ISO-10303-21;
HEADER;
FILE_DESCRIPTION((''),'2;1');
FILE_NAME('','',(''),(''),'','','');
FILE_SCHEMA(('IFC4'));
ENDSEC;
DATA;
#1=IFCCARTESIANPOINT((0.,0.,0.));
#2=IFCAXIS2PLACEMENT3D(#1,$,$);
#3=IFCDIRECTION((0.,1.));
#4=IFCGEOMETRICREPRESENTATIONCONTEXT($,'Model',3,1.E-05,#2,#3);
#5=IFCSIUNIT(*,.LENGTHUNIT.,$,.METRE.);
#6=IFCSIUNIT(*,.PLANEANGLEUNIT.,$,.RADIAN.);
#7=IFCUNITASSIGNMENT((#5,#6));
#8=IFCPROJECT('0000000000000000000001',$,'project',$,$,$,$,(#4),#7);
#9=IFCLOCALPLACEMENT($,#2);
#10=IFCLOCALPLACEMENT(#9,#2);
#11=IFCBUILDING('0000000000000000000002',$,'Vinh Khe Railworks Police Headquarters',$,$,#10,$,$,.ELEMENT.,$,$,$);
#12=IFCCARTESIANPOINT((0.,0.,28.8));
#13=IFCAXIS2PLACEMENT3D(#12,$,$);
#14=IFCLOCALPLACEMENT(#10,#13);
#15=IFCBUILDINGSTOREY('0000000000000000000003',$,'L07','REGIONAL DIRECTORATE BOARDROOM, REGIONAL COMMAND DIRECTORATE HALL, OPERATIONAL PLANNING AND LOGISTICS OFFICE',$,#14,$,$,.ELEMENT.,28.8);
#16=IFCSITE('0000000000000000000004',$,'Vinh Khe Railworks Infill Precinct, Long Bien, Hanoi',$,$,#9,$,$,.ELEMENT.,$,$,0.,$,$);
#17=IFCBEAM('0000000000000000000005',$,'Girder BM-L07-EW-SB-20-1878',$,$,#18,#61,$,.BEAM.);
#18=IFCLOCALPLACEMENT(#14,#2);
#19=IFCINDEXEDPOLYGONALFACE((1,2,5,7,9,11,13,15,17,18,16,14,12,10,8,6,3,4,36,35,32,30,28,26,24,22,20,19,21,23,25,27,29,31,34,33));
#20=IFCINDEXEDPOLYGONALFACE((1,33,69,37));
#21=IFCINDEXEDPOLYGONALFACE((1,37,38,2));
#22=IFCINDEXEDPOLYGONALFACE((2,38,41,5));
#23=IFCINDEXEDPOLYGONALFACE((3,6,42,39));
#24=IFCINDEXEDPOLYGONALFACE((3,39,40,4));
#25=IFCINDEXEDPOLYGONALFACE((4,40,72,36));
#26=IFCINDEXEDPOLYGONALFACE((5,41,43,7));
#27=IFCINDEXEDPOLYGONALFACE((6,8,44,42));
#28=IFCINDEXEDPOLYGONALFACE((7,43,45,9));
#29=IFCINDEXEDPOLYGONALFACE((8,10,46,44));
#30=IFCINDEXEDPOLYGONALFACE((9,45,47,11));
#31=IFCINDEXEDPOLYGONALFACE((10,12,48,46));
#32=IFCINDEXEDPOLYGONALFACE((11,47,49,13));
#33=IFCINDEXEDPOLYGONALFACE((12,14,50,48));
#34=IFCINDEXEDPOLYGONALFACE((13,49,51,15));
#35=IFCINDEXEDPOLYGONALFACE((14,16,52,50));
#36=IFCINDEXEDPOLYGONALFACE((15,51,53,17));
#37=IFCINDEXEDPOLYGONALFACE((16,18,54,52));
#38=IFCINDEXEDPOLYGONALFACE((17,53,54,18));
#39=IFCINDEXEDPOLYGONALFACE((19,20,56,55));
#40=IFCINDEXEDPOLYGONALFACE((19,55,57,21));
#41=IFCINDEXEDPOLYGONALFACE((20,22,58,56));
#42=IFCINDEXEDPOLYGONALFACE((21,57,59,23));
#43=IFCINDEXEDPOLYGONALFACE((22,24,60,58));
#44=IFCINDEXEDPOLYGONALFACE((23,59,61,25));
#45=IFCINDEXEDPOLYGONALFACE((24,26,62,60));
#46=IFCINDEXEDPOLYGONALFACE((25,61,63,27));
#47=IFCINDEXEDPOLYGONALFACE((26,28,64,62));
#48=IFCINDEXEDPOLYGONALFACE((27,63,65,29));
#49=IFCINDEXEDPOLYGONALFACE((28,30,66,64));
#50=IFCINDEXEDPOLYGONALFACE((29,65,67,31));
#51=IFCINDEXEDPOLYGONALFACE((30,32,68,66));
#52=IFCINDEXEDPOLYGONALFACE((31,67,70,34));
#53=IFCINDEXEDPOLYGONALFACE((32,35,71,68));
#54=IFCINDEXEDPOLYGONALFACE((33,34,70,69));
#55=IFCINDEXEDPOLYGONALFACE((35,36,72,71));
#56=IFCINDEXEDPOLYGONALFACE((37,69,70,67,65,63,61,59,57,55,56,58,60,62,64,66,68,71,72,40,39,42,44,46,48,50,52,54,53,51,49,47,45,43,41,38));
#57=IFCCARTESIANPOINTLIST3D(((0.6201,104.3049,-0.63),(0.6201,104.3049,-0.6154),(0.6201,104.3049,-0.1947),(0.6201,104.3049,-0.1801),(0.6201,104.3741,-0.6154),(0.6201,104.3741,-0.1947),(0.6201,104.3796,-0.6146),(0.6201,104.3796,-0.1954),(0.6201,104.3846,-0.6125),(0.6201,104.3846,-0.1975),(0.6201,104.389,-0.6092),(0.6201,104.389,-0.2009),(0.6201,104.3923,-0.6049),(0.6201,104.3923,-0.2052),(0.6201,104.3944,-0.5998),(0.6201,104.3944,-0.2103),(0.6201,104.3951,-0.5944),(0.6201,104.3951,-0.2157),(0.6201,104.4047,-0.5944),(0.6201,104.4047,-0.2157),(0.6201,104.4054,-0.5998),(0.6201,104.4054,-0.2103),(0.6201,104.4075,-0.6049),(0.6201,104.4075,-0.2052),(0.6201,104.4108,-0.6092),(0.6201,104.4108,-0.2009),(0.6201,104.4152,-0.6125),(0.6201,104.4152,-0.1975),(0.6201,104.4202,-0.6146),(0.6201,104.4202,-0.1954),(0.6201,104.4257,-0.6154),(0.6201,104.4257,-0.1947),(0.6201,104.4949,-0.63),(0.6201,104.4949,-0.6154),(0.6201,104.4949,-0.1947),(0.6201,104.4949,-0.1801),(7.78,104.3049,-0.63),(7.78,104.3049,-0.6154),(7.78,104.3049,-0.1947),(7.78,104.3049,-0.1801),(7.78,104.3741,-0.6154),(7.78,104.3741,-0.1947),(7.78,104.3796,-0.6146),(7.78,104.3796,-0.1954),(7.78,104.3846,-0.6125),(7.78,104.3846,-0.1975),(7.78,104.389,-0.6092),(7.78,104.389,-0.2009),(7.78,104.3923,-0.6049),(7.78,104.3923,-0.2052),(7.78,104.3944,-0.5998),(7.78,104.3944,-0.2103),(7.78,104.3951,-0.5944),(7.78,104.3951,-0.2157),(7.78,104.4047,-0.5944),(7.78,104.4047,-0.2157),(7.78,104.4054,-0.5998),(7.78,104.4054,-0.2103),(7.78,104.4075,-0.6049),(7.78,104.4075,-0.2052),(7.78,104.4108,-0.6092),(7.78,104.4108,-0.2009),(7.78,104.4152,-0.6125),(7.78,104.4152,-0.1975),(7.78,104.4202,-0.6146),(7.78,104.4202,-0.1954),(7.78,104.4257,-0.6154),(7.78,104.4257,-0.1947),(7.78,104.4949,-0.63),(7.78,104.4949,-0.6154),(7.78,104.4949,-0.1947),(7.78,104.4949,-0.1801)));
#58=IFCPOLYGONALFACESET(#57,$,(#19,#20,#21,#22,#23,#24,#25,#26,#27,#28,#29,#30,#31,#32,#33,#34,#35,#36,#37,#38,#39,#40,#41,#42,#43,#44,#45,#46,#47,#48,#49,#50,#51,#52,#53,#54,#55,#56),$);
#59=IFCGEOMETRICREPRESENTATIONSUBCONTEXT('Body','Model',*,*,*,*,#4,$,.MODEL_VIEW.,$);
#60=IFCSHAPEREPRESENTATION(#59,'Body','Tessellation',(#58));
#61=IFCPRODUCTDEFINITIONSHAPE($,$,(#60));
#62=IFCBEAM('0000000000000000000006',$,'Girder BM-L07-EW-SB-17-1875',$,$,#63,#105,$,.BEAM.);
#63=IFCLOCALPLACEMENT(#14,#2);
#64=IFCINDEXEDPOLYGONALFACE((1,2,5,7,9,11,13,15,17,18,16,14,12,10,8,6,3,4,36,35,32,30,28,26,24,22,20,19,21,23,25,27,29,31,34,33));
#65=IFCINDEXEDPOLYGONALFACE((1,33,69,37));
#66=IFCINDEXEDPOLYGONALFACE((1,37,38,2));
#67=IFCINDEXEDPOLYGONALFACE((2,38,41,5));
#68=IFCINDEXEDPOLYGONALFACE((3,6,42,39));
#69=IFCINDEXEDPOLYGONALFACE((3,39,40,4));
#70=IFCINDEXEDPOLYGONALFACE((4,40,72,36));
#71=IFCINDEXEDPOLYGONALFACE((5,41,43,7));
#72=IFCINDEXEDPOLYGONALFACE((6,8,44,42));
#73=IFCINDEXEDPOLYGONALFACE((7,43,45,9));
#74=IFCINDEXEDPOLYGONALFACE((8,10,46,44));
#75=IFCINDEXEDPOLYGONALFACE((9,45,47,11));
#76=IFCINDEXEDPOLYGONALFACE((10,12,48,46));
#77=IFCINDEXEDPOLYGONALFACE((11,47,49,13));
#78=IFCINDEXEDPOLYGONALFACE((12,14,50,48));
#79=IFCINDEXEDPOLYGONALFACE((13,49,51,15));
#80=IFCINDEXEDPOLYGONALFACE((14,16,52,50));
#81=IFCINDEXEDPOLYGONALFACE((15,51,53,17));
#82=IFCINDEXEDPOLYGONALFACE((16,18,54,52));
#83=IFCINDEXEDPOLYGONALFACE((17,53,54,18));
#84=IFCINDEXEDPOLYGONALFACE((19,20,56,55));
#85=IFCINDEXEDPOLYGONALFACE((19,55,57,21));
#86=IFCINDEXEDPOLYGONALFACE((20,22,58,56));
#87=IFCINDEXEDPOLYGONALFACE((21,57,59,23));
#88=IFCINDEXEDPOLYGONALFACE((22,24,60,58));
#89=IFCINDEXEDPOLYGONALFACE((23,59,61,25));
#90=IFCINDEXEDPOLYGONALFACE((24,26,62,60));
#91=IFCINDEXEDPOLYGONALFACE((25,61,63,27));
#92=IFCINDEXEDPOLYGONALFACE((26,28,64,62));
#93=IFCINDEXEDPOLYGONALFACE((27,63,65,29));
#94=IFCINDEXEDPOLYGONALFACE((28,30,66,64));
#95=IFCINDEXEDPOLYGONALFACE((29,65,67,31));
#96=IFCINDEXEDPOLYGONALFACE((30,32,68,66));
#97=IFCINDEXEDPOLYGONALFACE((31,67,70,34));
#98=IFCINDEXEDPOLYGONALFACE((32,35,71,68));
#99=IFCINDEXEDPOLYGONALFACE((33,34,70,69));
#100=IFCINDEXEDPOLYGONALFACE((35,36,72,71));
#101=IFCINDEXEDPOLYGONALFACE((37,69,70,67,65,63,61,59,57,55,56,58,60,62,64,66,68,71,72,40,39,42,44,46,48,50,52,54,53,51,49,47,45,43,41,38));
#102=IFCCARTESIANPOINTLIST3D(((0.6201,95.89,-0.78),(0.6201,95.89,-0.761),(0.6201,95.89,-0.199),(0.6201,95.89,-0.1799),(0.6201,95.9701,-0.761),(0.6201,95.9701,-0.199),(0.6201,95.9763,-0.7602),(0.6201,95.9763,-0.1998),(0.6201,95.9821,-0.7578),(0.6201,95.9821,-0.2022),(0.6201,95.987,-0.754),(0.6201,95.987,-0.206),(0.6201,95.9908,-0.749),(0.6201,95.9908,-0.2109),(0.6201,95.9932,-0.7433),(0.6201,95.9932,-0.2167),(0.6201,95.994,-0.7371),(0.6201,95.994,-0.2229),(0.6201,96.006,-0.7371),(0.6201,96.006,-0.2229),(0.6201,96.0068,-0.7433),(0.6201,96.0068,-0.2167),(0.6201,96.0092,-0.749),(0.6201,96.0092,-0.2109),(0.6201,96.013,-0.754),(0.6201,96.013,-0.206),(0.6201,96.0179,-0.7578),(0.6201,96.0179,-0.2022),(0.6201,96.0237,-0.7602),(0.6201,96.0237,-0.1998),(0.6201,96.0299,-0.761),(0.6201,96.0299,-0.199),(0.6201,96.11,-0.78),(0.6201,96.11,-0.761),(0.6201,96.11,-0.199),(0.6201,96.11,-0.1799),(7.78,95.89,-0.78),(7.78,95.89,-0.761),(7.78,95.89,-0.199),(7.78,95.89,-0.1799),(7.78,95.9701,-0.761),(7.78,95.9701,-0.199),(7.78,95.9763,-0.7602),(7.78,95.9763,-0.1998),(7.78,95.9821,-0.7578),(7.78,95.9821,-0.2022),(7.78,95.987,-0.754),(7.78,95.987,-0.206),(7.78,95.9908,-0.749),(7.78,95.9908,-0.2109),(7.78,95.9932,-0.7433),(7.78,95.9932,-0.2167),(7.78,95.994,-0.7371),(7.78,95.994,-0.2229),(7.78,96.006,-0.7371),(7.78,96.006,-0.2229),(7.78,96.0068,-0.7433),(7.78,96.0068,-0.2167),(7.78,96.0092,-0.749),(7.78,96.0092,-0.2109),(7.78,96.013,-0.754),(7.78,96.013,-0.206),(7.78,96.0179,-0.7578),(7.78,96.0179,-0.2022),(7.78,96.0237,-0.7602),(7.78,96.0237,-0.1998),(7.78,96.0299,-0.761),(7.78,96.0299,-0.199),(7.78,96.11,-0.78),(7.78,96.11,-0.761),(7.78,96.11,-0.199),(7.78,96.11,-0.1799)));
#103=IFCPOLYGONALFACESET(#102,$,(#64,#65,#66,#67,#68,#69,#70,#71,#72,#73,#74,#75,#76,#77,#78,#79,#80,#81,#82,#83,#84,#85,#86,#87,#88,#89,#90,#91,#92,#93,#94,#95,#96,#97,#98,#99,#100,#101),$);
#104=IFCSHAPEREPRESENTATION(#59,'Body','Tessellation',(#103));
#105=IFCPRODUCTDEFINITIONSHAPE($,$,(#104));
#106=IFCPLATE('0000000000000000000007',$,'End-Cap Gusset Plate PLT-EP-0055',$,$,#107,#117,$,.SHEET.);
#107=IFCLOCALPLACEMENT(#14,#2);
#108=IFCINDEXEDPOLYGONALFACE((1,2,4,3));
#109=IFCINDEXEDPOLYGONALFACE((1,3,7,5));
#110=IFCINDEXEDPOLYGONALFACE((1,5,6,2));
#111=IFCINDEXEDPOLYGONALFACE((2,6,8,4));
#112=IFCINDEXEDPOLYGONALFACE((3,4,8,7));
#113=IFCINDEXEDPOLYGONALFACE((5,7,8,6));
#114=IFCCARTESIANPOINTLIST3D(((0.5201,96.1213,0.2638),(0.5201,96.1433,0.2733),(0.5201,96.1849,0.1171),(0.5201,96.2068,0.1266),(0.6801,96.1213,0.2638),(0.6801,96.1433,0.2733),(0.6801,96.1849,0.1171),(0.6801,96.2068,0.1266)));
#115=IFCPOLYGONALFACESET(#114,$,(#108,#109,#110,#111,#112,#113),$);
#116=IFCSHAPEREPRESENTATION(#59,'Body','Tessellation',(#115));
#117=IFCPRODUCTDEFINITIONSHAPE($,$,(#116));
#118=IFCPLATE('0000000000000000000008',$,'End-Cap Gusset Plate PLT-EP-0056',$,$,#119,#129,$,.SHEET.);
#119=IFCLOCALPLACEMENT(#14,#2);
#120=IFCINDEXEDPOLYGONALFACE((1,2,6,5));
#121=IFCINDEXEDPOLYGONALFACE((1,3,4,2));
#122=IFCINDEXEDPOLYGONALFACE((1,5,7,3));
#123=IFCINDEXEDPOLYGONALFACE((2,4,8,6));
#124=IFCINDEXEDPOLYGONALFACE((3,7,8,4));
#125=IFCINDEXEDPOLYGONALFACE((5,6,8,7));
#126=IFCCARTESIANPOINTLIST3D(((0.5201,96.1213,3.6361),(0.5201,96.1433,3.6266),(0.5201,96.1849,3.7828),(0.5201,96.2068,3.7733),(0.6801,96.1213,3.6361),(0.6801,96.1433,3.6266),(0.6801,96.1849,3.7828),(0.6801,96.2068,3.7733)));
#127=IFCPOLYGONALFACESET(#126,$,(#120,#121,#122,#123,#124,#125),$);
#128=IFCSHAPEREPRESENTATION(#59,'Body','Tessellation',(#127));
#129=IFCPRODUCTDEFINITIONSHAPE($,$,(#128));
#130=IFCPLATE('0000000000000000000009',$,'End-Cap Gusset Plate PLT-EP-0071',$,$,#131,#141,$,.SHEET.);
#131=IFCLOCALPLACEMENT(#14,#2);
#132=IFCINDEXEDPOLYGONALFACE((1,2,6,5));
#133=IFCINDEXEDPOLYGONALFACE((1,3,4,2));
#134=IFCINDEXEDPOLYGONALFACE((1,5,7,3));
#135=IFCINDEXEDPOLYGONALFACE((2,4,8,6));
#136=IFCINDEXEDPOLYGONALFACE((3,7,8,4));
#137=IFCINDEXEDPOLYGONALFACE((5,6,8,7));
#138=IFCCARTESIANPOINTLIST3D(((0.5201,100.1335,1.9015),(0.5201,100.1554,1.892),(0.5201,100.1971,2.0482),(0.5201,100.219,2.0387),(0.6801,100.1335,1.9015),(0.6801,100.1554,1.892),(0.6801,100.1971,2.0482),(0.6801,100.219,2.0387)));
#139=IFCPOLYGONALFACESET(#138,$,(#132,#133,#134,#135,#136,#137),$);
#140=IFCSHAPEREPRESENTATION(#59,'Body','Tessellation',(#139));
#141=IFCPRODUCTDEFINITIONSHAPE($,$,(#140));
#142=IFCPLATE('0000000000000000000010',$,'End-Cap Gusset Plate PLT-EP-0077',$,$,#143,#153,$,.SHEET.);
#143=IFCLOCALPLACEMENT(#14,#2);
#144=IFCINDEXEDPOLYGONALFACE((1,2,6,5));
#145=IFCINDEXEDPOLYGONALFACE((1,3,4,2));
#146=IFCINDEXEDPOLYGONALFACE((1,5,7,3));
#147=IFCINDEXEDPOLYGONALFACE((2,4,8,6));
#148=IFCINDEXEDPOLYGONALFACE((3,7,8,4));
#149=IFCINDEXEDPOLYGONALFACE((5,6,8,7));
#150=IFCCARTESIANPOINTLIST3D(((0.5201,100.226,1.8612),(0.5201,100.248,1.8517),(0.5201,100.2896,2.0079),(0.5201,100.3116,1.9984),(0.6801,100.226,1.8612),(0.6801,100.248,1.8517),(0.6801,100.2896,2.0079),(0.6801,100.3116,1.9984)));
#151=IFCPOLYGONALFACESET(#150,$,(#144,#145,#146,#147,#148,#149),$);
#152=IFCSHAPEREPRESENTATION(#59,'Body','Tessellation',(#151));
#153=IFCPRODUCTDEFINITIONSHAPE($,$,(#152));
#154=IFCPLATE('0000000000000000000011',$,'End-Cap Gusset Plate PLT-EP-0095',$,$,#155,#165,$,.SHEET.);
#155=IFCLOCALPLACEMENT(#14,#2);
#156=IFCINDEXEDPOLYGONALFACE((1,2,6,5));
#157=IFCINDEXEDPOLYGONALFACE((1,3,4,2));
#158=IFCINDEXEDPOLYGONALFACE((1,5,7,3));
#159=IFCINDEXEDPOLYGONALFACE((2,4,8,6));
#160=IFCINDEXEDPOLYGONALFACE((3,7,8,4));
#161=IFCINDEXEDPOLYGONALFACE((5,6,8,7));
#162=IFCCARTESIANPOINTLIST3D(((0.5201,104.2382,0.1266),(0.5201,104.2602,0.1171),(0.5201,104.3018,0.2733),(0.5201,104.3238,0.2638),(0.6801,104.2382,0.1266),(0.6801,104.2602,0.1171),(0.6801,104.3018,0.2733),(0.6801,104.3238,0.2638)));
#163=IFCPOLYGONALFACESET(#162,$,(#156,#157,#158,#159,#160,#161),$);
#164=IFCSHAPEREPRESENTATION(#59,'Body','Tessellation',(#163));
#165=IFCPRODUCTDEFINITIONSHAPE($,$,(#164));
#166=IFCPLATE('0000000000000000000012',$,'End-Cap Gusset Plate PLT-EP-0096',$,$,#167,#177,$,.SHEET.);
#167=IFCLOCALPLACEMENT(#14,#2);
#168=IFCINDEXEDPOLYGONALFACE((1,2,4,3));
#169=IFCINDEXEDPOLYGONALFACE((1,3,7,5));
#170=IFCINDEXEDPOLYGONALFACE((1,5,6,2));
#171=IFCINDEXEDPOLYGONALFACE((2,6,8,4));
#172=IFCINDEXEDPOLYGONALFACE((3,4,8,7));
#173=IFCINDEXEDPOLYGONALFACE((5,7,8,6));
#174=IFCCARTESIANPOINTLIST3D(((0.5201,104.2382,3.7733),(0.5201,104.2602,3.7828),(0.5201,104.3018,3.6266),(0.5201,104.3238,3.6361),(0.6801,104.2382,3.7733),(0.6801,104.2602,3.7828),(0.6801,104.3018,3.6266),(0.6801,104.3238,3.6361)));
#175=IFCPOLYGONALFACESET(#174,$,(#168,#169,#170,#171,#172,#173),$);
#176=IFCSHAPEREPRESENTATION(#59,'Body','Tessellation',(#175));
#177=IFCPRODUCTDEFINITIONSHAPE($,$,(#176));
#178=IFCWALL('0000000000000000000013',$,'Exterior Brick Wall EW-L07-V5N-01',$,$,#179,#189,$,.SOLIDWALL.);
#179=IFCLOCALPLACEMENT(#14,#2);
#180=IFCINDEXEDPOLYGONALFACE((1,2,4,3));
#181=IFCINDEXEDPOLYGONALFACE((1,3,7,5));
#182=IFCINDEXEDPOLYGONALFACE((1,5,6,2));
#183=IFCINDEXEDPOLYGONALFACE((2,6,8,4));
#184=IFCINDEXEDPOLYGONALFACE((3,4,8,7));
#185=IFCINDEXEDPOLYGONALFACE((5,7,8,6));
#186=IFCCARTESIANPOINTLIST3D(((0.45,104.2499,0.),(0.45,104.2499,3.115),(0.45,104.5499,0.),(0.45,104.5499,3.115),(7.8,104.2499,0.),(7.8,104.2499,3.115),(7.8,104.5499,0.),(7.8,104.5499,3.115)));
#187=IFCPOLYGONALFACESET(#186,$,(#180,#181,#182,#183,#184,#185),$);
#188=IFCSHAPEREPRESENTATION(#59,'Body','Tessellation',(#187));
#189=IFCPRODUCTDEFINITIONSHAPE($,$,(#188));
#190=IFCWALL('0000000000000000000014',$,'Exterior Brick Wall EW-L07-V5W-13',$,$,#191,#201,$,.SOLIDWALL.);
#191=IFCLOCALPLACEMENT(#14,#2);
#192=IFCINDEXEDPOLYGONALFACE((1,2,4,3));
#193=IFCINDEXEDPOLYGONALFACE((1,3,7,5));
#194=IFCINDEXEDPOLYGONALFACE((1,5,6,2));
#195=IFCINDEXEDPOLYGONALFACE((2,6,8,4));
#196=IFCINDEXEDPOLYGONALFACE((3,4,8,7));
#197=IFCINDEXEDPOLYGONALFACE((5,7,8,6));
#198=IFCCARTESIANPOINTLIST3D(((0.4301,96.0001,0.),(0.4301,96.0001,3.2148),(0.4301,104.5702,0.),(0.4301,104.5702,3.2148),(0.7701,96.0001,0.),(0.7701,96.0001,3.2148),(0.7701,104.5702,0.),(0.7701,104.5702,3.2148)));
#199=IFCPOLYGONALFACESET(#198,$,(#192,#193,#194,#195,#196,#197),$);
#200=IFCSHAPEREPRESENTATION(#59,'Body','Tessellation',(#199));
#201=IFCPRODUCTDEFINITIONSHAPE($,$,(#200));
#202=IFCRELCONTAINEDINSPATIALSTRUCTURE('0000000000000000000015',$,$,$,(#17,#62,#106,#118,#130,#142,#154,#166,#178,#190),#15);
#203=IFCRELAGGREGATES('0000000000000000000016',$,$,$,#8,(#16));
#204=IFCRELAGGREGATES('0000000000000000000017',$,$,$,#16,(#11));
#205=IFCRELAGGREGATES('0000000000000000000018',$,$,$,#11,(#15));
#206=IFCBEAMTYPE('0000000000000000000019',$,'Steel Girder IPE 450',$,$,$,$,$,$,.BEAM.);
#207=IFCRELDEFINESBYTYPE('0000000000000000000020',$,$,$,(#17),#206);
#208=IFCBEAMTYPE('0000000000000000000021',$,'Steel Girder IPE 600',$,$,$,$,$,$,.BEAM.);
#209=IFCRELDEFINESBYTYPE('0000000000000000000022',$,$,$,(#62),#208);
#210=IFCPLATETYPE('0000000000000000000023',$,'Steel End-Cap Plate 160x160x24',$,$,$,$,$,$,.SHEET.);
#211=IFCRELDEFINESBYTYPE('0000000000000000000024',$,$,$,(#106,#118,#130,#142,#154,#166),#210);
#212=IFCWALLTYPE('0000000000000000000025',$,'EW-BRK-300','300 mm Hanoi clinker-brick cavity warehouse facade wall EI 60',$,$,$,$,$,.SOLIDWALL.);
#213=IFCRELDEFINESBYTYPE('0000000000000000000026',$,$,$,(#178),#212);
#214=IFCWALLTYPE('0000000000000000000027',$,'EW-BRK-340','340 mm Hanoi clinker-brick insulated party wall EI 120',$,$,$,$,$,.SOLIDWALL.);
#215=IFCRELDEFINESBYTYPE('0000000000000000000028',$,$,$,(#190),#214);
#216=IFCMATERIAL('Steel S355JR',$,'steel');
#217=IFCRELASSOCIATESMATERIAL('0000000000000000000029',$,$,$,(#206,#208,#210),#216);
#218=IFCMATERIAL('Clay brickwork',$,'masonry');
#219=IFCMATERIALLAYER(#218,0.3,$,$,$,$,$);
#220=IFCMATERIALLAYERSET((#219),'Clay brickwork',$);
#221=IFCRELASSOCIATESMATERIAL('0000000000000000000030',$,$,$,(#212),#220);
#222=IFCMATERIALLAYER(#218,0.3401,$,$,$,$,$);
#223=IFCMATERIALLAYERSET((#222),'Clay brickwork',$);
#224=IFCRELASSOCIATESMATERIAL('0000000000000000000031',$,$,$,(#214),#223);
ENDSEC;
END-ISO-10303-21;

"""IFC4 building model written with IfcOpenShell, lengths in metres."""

from ifc_helpers import new_model, si_unit, direction, frame, frame_2d, origin, origin_2d, place, context, subcontext, project, spatial, rectangle, i_section, extrude, material, layer, layer_set, material_profile, profile_set, type_object, element, save


model = new_model("IFC4")

# Units and contexts
model_context = context("Model", 3, precision=1e-05, world=origin(), true_north=direction((0.0, 1.0)))
body_context = subcontext(model_context, "Body", "Model", "MODEL_VIEW")
ifc_project = project(units=[si_unit("LENGTHUNIT", "METRE"), si_unit("PLANEANGLEUNIT", "RADIAN")], contexts=[model_context])

# Site, building, storey
site_placement = place(None, origin())
site = spatial("IfcSite", under=ifc_project, at=site_placement, Name="Vinh Khe Railworks Infill Precinct, Long Bien, Hanoi", CompositionType="ELEMENT", RefElevation=0.0)
building_placement = place(site_placement, origin())
building = spatial("IfcBuilding", under=site, at=building_placement, Name="Vinh Khe Railworks Police Headquarters", CompositionType="ELEMENT")
storey_placement = place(building_placement, frame((0.0, 0.0, 28.8)))
storey = spatial("IfcBuildingStorey", under=building, at=storey_placement, Name="L07", Description="REGIONAL DIRECTORATE BOARDROOM, REGIONAL COMMAND DIRECTORATE HALL, OPERATIONAL PLANNING AND LOGISTICS OFFICE", CompositionType="ELEMENT", Elevation=28.8)

# Shared definitions
ifc_material_1 = material(Name="Steel S355JR", Category="steel")

# Beams
ifc_material_profile_1 = material_profile(ifc_material_1, i_section(OverallWidth=0.1899, OverallDepth=0.45, WebThickness=0.0095, FlangeThickness=0.0146, FilletRadius=0.021, at=origin_2d()), Name="IPE 450")
ifc_profile_set_1 = profile_set([ifc_material_profile_1], Name="Steel S355JR")
beam_type_1 = type_object("IfcBeamType", Name="Steel Girder IPE 450", PredefinedType="BEAM", material=ifc_profile_set_1)
beam_1_placement = place(storey_placement, frame((0.6201, 104.3999, -0.405), z_axis=(1.0, 0.0, 0.0), x_axis=(0.0, 1.0, 0.0)))
element("IfcBeam", 1, at=beam_1_placement, inside=storey, type_object=beam_type_1, Name="Girder BM-L07-EW-SB-20-1878", PredefinedType="BEAM", context=body_context, shape_type="SweptSolid", body=[
    extrude(i_section(OverallWidth=0.1899, OverallDepth=0.45, WebThickness=0.0095, FlangeThickness=0.0146, FilletRadius=0.021, at=origin_2d()), origin(), (0.0, 0.0, 1.0), 7.1599),
])
ifc_material_profile_2 = material_profile(ifc_material_1, i_section(OverallWidth=0.22, OverallDepth=0.6001, WebThickness=0.012, FlangeThickness=0.019, FilletRadius=0.0239, at=origin_2d()), Name="IPE 600")
ifc_profile_set_2 = profile_set([ifc_material_profile_2], Name="Steel S355JR")
beam_type_2 = type_object("IfcBeamType", Name="Steel Girder IPE 600", PredefinedType="BEAM", material=ifc_profile_set_2)
beam_2_placement = place(storey_placement, frame((0.6201, 96.0, -0.48), z_axis=(1.0, 0.0, 0.0), x_axis=(0.0, 1.0, 0.0)))
element("IfcBeam", 2, at=beam_2_placement, inside=storey, type_object=beam_type_2, Name="Girder BM-L07-EW-SB-17-1875", PredefinedType="BEAM", context=body_context, shape_type="SweptSolid", body=[
    extrude(i_section(OverallWidth=0.22, OverallDepth=0.6001, WebThickness=0.012, FlangeThickness=0.019, FilletRadius=0.0239, at=origin_2d()), origin(), (0.0, 0.0, 1.0), 7.1599),
])

# Plates
ifc_material_profile_3 = material_profile(ifc_material_1, rectangle(XDim=0.1599, YDim=0.1599, at=origin_2d()), Name="PL 160x160")
ifc_profile_set_3 = profile_set([ifc_material_profile_3], Name="Steel S355JR")
plate_type = type_object("IfcPlateType", Name="Steel End-Cap Plate 160x160x24", PredefinedType="SHEET", material=ifc_profile_set_3)
for number, where, z_axis, x_axis, name in (
    (3, (0.6001, 96.175, 0.2), (0.0, -0.917556, -0.397607), (1.0, 0.0, 0.0), "End-Cap Gusset Plate PLT-EP-0055"),
    (4, (0.6001, 96.175, 3.7), (0.0, -0.917556, 0.397607), (1.0, 0.0, 0.0), "End-Cap Gusset Plate PLT-EP-0056"),
    (5, (0.6001, 100.1653, 1.9749), (0.0, 0.917556, -0.397607), (-1.0, 0.0, 0.0), "End-Cap Gusset Plate PLT-EP-0071"),
    (6, (0.6001, 100.2798, 1.925), (0.0, -0.917556, 0.397607), (1.0, 0.0, 0.0), "End-Cap Gusset Plate PLT-EP-0077"),
    (7, (0.6001, 104.27, 0.2), (0.0, 0.917556, -0.397607), (-1.0, 0.0, 0.0), "End-Cap Gusset Plate PLT-EP-0095"),
    (8, (0.6001, 104.27, 3.7), (0.0, 0.917556, 0.397607), (-1.0, 0.0, 0.0), "End-Cap Gusset Plate PLT-EP-0096"),
):
    element("IfcPlate", number, at=place(storey_placement, frame(where, z_axis=z_axis, x_axis=x_axis)), inside=storey, type_object=plate_type, Name=name, PredefinedType="SHEET", context=body_context, shape_type="SweptSolid", body=[
        extrude(rectangle(XDim=0.1599, YDim=0.1599, at=origin_2d()), origin(), (0.0, 0.0, 1.0), 0.0239),
    ])

# Walls
ifc_material_2 = material(Name="Clay brickwork", Category="masonry")
ifc_layer_1 = layer(ifc_material_2, 0.3)
ifc_layer_set_1 = layer_set([ifc_layer_1], Name="Clay brickwork")
wall_type_1 = type_object("IfcWallType", Name="EW-BRK-300", Description="300 mm Hanoi clinker-brick cavity warehouse facade wall EI 60", PredefinedType="SOLIDWALL", material=ifc_layer_set_1)
wall_1_placement = place(storey_placement, frame((0.45, 104.3999, 0.0), z_axis=(0.0, 0.0, 1.0), x_axis=(1.0, 0.0, 0.0)))
element("IfcWall", 9, at=wall_1_placement, inside=storey, type_object=wall_type_1, Name="Exterior Brick Wall EW-L07-V5N-01", PredefinedType="SOLIDWALL", context=body_context, shape_type="SweptSolid", body=[
    extrude(rectangle(XDim=7.3501, YDim=0.3, at=frame_2d((3.675, 0.0))), origin(), (0.0, 0.0, 1.0), 3.115),
])
ifc_layer_2 = layer(ifc_material_2, 0.3401)
ifc_layer_set_2 = layer_set([ifc_layer_2], Name="Clay brickwork")
wall_type_2 = type_object("IfcWallType", Name="EW-BRK-340", Description="340 mm Hanoi clinker-brick insulated party wall EI 120", PredefinedType="SOLIDWALL", material=ifc_layer_set_2)
wall_2_placement = place(storey_placement, frame((0.6001, 96.0, 0.0), z_axis=(0.0, 0.0, 1.0), x_axis=(0.0, 1.0, 0.0)))
element("IfcWall", 10, at=wall_2_placement, inside=storey, type_object=wall_type_2, Name="Exterior Brick Wall EW-L07-V5W-13", PredefinedType="SOLIDWALL", context=body_context, shape_type="SweptSolid", body=[
    extrude(rectangle(XDim=8.5701, YDim=0.3401, at=frame_2d((4.2852, 0.0))), origin(), (0.0, 0.0, 1.0), 3.2148),
])

save(model, "model.ifc")
